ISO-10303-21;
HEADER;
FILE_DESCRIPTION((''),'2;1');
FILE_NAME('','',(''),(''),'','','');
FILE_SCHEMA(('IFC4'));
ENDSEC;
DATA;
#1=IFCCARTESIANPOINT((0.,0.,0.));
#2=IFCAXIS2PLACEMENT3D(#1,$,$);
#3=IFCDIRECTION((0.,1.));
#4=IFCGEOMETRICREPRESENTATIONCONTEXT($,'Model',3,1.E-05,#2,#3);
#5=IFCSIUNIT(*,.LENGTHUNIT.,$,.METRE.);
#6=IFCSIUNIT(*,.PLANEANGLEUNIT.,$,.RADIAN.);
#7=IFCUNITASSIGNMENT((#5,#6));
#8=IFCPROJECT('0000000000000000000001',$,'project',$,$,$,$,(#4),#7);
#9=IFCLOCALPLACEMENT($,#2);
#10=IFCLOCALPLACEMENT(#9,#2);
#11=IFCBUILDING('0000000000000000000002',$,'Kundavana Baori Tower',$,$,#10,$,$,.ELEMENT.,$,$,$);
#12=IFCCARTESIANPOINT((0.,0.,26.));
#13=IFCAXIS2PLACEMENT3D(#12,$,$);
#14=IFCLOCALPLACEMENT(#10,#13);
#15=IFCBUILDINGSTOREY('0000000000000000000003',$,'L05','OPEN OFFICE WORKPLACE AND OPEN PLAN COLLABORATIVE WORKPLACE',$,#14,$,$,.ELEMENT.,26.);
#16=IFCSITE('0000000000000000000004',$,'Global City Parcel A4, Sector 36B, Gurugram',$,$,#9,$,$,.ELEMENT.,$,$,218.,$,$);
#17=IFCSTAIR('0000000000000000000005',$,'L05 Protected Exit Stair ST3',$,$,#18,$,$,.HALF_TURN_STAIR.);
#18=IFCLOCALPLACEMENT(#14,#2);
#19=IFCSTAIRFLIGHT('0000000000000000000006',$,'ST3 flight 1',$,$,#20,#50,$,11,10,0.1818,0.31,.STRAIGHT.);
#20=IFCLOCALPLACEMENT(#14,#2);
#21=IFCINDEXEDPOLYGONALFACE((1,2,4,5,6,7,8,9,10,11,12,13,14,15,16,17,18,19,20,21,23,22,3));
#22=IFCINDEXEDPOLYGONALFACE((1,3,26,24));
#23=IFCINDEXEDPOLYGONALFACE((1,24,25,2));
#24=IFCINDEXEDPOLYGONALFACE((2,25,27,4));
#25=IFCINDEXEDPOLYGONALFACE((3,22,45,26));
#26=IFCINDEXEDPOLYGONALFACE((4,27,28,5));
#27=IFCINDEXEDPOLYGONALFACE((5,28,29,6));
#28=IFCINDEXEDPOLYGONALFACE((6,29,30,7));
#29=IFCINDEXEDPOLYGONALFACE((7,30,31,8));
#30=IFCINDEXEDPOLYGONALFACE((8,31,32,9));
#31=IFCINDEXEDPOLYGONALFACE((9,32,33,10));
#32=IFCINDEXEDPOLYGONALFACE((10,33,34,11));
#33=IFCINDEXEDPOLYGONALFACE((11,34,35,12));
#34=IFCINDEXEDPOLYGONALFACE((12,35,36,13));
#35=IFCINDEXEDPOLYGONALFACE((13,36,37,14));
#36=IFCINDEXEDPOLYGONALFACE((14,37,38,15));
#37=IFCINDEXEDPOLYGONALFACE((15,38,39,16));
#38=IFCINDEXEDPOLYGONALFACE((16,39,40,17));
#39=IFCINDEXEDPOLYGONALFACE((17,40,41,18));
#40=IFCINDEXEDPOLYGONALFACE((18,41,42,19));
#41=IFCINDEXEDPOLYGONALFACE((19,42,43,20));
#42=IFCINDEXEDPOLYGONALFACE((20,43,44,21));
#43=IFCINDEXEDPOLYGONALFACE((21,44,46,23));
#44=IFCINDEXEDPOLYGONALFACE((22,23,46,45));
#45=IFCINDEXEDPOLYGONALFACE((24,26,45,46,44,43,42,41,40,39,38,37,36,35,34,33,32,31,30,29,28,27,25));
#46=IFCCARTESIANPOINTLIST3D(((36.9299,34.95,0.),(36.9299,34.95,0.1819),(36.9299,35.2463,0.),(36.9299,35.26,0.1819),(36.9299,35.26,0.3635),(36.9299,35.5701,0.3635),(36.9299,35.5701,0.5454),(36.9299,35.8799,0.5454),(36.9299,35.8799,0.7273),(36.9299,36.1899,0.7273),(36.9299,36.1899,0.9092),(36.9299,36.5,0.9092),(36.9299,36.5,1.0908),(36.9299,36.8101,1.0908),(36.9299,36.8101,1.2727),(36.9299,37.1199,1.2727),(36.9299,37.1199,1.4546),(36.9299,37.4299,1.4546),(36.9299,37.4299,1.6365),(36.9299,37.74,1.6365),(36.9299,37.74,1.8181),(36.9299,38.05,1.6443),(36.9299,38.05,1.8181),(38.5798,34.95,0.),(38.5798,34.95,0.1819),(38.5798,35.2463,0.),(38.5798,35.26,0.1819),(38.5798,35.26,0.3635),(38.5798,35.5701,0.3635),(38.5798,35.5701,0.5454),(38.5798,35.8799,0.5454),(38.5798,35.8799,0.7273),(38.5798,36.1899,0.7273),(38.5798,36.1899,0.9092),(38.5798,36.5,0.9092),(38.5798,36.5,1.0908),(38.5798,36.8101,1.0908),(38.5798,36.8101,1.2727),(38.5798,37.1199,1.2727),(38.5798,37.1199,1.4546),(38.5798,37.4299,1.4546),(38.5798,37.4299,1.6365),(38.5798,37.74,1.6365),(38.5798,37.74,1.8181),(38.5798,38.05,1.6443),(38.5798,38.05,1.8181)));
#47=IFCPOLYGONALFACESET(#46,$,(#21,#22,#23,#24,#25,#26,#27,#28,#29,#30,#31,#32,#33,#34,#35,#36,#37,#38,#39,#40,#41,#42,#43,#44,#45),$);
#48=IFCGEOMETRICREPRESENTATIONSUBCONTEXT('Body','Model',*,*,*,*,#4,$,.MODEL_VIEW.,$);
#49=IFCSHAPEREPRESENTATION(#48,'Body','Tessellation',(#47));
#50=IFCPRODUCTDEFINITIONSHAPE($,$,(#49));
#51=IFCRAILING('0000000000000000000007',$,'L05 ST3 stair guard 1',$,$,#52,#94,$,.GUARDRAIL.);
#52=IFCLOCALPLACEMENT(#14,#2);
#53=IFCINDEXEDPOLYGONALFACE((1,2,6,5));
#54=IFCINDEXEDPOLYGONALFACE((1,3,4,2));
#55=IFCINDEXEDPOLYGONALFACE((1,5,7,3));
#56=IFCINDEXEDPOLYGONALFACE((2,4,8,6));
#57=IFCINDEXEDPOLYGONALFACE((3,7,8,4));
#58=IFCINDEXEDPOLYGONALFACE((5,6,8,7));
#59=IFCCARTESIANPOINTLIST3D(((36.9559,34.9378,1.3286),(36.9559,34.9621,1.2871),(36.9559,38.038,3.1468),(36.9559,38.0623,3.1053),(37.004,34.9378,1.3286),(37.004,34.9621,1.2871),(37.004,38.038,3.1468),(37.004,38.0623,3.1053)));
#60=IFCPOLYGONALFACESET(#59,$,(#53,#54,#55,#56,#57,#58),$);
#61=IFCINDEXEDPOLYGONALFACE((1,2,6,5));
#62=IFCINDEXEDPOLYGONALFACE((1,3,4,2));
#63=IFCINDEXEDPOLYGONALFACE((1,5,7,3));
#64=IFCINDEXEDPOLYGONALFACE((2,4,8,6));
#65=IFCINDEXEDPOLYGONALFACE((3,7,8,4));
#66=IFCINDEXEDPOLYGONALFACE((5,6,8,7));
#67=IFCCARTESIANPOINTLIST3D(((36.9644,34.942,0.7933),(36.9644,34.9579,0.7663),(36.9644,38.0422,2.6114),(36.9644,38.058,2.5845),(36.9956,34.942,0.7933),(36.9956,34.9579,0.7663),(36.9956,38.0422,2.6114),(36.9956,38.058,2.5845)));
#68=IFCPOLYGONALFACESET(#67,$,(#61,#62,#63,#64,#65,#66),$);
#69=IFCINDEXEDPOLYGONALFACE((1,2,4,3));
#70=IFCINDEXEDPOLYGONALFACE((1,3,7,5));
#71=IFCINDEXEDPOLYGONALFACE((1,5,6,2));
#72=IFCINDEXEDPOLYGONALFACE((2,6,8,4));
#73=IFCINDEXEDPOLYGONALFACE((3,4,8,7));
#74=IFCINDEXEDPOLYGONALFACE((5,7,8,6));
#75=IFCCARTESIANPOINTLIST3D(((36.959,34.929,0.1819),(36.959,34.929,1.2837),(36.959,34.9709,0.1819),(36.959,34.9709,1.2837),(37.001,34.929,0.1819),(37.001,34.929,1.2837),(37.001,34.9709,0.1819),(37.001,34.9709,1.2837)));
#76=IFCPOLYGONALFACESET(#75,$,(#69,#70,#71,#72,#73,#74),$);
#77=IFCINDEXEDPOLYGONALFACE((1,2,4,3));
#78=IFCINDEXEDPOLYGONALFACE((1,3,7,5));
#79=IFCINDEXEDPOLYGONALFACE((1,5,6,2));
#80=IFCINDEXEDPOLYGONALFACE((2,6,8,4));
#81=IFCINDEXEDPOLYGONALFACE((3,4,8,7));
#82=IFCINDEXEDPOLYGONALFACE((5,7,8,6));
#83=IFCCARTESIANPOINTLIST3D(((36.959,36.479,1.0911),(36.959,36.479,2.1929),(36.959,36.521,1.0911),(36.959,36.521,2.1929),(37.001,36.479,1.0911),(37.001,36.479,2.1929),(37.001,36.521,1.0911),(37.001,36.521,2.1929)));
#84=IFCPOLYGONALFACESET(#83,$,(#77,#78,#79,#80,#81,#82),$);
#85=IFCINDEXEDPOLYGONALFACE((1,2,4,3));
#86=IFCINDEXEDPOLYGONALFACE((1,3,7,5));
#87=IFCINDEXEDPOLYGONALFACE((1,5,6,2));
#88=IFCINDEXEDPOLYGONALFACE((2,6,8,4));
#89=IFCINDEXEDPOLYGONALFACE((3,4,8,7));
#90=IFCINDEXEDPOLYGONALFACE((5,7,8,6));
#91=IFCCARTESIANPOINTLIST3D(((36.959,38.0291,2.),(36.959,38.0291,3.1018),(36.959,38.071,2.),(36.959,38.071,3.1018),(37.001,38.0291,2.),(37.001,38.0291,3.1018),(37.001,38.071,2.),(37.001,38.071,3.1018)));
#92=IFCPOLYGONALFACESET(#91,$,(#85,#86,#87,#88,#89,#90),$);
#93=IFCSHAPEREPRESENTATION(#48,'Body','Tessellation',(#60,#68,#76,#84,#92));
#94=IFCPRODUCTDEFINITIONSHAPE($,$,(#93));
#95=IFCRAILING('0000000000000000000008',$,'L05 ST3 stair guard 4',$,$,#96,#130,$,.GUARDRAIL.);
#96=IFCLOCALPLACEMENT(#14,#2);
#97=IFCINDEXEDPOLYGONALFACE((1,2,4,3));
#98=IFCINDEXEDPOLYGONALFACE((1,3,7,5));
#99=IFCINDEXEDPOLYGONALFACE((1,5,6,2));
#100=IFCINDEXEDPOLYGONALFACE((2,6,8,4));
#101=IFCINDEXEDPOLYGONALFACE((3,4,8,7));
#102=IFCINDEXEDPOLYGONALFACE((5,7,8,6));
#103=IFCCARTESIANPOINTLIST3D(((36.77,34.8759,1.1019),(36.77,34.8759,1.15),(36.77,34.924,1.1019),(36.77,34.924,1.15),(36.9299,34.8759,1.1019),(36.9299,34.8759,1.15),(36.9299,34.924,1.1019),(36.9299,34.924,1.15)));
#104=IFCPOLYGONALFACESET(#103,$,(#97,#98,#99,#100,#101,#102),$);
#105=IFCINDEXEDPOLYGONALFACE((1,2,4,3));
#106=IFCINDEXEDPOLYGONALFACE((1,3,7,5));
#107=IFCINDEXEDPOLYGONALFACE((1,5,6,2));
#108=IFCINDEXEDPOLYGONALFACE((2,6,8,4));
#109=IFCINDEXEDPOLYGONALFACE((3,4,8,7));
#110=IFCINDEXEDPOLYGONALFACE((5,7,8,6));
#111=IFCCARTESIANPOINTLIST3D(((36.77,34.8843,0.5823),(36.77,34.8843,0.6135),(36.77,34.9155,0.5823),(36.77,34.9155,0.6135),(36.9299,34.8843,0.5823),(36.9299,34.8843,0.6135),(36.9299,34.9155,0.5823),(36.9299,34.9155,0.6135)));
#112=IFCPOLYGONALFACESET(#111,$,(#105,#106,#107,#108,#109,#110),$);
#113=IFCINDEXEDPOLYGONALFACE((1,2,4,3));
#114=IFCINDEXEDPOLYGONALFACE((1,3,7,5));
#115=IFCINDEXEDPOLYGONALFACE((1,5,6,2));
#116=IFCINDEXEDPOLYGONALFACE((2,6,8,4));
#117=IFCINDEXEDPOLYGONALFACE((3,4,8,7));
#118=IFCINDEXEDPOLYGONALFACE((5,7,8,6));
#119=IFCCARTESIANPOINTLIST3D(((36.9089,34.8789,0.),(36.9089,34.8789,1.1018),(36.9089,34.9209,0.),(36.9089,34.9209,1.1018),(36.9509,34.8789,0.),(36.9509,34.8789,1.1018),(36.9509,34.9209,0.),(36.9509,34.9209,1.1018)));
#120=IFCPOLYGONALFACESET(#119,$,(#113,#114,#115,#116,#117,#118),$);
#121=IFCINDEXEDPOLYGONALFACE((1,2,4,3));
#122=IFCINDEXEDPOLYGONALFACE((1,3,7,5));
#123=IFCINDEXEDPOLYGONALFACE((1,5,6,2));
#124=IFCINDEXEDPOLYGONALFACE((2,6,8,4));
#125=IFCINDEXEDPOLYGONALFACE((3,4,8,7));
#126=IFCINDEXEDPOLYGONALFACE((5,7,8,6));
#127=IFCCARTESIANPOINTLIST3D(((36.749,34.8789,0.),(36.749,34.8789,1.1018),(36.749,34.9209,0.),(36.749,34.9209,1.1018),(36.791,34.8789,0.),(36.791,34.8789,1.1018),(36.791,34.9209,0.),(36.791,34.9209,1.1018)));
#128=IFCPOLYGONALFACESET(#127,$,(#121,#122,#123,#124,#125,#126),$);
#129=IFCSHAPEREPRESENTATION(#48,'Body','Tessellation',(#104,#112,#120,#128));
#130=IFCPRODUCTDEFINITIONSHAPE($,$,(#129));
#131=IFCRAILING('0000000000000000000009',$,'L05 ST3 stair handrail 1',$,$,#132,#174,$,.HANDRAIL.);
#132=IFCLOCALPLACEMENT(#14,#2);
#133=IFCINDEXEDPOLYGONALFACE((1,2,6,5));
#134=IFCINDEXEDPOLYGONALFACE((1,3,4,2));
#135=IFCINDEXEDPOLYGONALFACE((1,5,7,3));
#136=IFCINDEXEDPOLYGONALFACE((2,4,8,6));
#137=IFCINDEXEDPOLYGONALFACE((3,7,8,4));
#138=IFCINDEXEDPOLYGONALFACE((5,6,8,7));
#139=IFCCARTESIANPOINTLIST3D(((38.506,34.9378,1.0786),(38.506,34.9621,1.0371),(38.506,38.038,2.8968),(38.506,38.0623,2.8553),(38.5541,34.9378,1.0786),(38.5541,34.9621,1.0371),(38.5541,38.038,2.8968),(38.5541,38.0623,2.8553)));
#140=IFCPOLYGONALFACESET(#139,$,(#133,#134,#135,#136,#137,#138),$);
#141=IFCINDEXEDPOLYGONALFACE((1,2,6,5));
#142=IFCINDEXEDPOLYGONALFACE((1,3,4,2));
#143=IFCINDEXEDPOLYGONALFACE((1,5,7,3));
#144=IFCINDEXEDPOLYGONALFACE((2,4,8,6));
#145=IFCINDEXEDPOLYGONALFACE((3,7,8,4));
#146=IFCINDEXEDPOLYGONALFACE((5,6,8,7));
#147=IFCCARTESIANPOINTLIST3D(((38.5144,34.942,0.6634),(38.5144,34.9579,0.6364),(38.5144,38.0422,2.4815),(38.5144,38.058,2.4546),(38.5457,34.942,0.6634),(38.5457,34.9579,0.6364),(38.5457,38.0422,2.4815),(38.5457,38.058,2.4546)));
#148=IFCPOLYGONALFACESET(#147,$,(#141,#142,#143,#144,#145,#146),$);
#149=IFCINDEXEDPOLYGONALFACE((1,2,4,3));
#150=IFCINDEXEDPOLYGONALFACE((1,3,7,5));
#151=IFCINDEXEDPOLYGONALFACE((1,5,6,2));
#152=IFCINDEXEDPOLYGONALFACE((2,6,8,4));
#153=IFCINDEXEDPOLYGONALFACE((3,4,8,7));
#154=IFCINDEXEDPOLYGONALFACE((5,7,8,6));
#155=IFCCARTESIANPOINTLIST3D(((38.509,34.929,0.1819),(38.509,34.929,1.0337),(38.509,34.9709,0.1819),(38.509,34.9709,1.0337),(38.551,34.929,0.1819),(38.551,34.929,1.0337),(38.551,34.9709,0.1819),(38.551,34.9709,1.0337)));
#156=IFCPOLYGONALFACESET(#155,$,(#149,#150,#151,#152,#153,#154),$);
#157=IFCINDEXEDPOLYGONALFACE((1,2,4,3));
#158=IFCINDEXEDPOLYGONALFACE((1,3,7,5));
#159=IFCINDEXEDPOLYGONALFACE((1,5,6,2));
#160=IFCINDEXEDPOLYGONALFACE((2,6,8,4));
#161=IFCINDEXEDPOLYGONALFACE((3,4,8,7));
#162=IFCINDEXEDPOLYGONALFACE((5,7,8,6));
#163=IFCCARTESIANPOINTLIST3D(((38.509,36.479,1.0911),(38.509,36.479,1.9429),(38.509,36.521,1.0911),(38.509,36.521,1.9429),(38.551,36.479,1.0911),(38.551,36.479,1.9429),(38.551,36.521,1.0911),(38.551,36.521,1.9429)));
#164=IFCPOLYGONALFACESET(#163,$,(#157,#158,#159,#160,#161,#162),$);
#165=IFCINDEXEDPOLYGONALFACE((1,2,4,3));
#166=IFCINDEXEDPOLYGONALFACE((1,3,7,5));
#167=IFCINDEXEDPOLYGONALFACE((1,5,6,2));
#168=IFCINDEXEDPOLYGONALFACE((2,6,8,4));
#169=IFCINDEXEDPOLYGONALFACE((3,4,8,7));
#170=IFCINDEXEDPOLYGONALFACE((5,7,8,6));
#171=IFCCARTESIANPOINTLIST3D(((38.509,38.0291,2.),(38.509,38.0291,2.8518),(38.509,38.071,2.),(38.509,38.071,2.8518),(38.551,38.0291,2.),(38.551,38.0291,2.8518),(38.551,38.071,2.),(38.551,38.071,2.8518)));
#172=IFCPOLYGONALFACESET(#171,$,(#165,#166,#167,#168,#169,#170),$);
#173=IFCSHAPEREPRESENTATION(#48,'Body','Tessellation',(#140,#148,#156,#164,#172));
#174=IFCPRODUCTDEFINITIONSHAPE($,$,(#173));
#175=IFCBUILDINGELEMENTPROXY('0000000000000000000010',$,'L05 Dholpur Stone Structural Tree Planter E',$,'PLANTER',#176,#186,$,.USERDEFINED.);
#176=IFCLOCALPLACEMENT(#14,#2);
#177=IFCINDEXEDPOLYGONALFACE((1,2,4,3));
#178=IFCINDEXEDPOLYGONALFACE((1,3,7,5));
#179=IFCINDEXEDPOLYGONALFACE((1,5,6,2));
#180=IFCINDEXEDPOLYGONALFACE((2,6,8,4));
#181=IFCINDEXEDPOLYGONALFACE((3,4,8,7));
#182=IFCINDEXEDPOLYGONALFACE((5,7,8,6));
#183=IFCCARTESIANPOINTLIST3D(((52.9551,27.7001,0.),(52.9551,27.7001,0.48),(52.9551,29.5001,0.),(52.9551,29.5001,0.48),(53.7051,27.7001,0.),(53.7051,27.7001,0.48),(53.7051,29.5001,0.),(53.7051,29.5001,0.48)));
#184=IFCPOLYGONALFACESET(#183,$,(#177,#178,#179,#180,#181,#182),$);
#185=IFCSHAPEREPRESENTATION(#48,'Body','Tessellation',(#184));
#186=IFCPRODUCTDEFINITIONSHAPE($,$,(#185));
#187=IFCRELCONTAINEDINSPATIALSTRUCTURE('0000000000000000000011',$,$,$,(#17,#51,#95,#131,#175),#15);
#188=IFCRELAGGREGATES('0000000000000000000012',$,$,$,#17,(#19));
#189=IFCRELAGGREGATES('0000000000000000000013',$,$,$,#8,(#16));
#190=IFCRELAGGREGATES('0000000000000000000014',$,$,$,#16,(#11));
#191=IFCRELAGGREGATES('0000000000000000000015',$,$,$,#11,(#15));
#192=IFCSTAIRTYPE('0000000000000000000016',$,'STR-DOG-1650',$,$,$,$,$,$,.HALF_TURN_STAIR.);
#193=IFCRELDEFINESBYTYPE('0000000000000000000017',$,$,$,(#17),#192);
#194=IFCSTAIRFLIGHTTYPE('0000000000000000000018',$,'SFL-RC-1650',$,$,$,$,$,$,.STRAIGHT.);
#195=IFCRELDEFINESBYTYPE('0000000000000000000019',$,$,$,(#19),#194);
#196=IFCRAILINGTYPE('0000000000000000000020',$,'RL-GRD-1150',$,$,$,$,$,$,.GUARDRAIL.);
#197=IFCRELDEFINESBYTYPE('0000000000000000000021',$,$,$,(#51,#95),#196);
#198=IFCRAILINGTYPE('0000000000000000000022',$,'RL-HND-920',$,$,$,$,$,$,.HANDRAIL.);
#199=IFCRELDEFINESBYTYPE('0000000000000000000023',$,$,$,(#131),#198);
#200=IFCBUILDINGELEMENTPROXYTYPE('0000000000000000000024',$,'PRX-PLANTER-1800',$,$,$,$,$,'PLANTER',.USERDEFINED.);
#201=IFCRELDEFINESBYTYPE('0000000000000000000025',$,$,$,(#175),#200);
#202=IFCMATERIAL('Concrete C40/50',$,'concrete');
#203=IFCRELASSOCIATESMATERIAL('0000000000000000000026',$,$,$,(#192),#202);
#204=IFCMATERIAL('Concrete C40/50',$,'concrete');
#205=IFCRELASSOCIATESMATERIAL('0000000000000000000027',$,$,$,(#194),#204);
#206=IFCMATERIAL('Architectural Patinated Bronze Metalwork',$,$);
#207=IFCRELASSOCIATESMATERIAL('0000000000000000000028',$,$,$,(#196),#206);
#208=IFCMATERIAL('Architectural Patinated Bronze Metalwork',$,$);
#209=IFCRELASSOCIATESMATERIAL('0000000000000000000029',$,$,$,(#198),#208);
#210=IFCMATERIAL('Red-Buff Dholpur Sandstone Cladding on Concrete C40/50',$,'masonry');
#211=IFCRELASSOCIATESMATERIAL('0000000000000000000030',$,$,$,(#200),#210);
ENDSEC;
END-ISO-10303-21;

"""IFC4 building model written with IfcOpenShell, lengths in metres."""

from ifc_helpers import new_model, si_unit, direction, frame, origin, origin_2d, place, context, subcontext, project, spatial, polyline, rectangle, outline, extrude, material, type_object, element, aggregate, save


model = new_model("IFC4")

# Units and contexts
model_context = context("Model", 3, precision=1e-05, world=origin(), true_north=direction((0.0, 1.0)))
body_context = subcontext(model_context, "Body", "Model", "MODEL_VIEW")
ifc_project = project(units=[si_unit("LENGTHUNIT", "METRE"), si_unit("PLANEANGLEUNIT", "RADIAN")], contexts=[model_context])

# Site, building, storey
site_placement = place(None, origin())
site = spatial("IfcSite", under=ifc_project, at=site_placement, Name="Global City Parcel A4, Sector 36B, Gurugram", CompositionType="ELEMENT", RefElevation=218.0)
building_placement = place(site_placement, origin())
building = spatial("IfcBuilding", under=site, at=building_placement, Name="Kundavana Baori Tower", CompositionType="ELEMENT")
storey_placement = place(building_placement, frame((0.0, 0.0, 26.0)))
storey = spatial("IfcBuildingStorey", under=building, at=storey_placement, Name="L05", Description="OPEN OFFICE WORKPLACE AND OPEN PLAN COLLABORATIVE WORKPLACE", CompositionType="ELEMENT", Elevation=26.0)

# Stair, stair flight
ifc_material_1 = material(Name="Concrete C40/50", Category="concrete")
stair_type = type_object("IfcStairType", Name="STR-DOG-1650", PredefinedType="HALF_TURN_STAIR", material=ifc_material_1)
stair_placement = place(storey_placement, origin())
stair = element("IfcStair", 1, at=stair_placement, inside=storey, type_object=stair_type, Name="L05 Protected Exit Stair ST3", PredefinedType="HALF_TURN_STAIR")
ifc_material_2 = material(Name="Concrete C40/50", Category="concrete")
stair_flight_type = type_object("IfcStairFlightType", Name="SFL-RC-1650", PredefinedType="STRAIGHT", material=ifc_material_2)
stair_flight_placement = place(storey_placement, frame((37.7549, 34.95, 0.0), z_axis=(0.0, 0.0, 1.0), x_axis=(0.0, 1.0, 0.0)))
stair_flight = element("IfcStairFlight", 2, at=stair_flight_placement, type_object=stair_flight_type, Name="ST3 flight 1", NumberOfRisers=11, NumberOfTreads=10, PredefinedType="STRAIGHT", RiserHeight=0.1818, TreadLength=0.31, context=body_context, shape_type="SweptSolid", body=[
    extrude(outline(polyline([(0.0, 0.0), (0.0, 0.1819), (0.3101, 0.1819), (0.3101, 0.3635), (0.6201, 0.3635), (0.6201, 0.5454), (0.9299, 0.5454), (0.9299, 0.7273), (1.24, 0.7273), (1.24, 0.9092), (1.55, 0.9092), (1.55, 1.0908), (1.8601, 1.0908), (1.8601, 1.2727), (2.1699, 1.2727), (2.1699, 1.4546), (2.48, 1.4546), (2.48, 1.6365), (2.79, 1.6365), (2.79, 1.8181), (3.1001, 1.8181), (3.1001, 2.0), (3.1001, 1.6443), (0.2964, 0.0), (0.0, 0.0)])), frame((0.0, 0.825, 0.0), z_axis=(0.0, -1.0, 0.0), x_axis=(1.0, 0.0, 0.0)), (0.0, 0.0, 1.0), 1.6499),
])
aggregate(stair, [stair_flight])

# Railings
ifc_material_3 = material(Name="Architectural Patinated Bronze Metalwork")
railing_type_1 = type_object("IfcRailingType", Name="RL-GRD-1150", PredefinedType="GUARDRAIL", material=ifc_material_3)
railing_1_placement = place(storey_placement, frame((36.98, 34.95, 0.1819)))
element("IfcRailing", 3, at=railing_1_placement, inside=storey, type_object=railing_type_1, Name="L05 ST3 stair guard 1", PredefinedType="GUARDRAIL", context=body_context, shape_type="SweptSolid", body=[
    extrude(rectangle(XDim=0.0481, YDim=0.0481, at=origin_2d()), frame((0.0, 0.0, 1.126), z_axis=(0.0, 0.862599, 0.505889), x_axis=(-1.0, 0.0, 0.0)), (0.0, 0.0, 1.0), 3.594),
    extrude(rectangle(XDim=0.0312, YDim=0.0312, at=origin_2d()), frame((0.0, 0.0, 0.5979), z_axis=(0.0, 0.862599, 0.505889), x_axis=(-1.0, 0.0, 0.0)), (0.0, 0.0, 1.0), 3.594),
    extrude(rectangle(XDim=0.042, YDim=0.042, at=origin_2d()), origin(), (0.0, 0.0, 1.0), 1.1018),
    extrude(rectangle(XDim=0.042, YDim=0.042, at=origin_2d()), frame((0.0, 1.55, 0.9092)), (0.0, 0.0, 1.0), 1.1018),
    extrude(rectangle(XDim=0.042, YDim=0.042, at=origin_2d()), frame((0.0, 3.1001, 1.8181)), (0.0, 0.0, 1.0), 1.1018),
])
railing_2_placement = place(storey_placement, frame((36.9299, 34.8999, 0.0)))
element("IfcRailing", 4, at=railing_2_placement, inside=storey, type_object=railing_type_1, Name="L05 ST3 stair guard 4", PredefinedType="GUARDRAIL", context=body_context, shape_type="SweptSolid", body=[
    extrude(rectangle(XDim=0.0481, YDim=0.0481, at=origin_2d()), frame((0.0, 0.0, 1.126), z_axis=(-1.0, 0.0, 0.0), x_axis=(0.0, -1.0, 0.0)), (0.0, 0.0, 1.0), 0.1599),
    extrude(rectangle(XDim=0.0312, YDim=0.0312, at=origin_2d()), frame((0.0, 0.0, 0.5979), z_axis=(-1.0, 0.0, 0.0), x_axis=(0.0, -1.0, 0.0)), (0.0, 0.0, 1.0), 0.1599),
    extrude(rectangle(XDim=0.042, YDim=0.042, at=origin_2d()), origin(), (0.0, 0.0, 1.0), 1.1018),
    extrude(rectangle(XDim=0.042, YDim=0.042, at=origin_2d()), frame((-0.1599, 0.0, 0.0)), (0.0, 0.0, 1.0), 1.1018),
])
ifc_material_4 = material(Name="Architectural Patinated Bronze Metalwork")
railing_type_2 = type_object("IfcRailingType", Name="RL-HND-920", PredefinedType="HANDRAIL", material=ifc_material_4)
railing_3_placement = place(storey_placement, frame((38.53, 34.95, 0.1819)))
element("IfcRailing", 5, at=railing_3_placement, inside=storey, type_object=railing_type_2, Name="L05 ST3 stair handrail 1", PredefinedType="HANDRAIL", context=body_context, shape_type="SweptSolid", body=[
    extrude(rectangle(XDim=0.0481, YDim=0.0481, at=origin_2d()), frame((0.0, 0.0, 0.876), z_axis=(0.0, 0.862599, 0.505889), x_axis=(-1.0, 0.0, 0.0)), (0.0, 0.0, 1.0), 3.594),
    extrude(rectangle(XDim=0.0312, YDim=0.0312, at=origin_2d()), frame((0.0, 0.0, 0.468), z_axis=(0.0, 0.862599, 0.505889), x_axis=(-1.0, 0.0, 0.0)), (0.0, 0.0, 1.0), 3.594),
    extrude(rectangle(XDim=0.042, YDim=0.042, at=origin_2d()), origin(), (0.0, 0.0, 1.0), 0.8518),
    extrude(rectangle(XDim=0.042, YDim=0.042, at=origin_2d()), frame((0.0, 1.55, 0.9092)), (0.0, 0.0, 1.0), 0.8518),
    extrude(rectangle(XDim=0.042, YDim=0.042, at=origin_2d()), frame((0.0, 3.1001, 1.8181)), (0.0, 0.0, 1.0), 0.8518),
])

# Building element proxy
ifc_material_5 = material(Name="Red-Buff Dholpur Sandstone Cladding on Concrete C40/50", Category="masonry")
building_element_proxy_type = type_object("IfcBuildingElementProxyType", Name="PRX-PLANTER-1800", ElementType="PLANTER", PredefinedType="USERDEFINED", material=ifc_material_5)
proxy_placement = place(storey_placement, frame((53.3301, 28.6001, 0.0), z_axis=(0.0, 0.0, 1.0), x_axis=(0.0, 1.0, 0.0)))
element("IfcBuildingElementProxy", 6, at=proxy_placement, inside=storey, type_object=building_element_proxy_type, Name="L05 Dholpur Stone Structural Tree Planter E", ObjectType="PLANTER", PredefinedType="USERDEFINED", context=body_context, shape_type="SweptSolid", body=[
    extrude(rectangle(XDim=1.8, YDim=0.75, at=origin_2d()), origin(), (0.0, 0.0, 1.0), 0.48),
])

save(model, "model.ifc")
